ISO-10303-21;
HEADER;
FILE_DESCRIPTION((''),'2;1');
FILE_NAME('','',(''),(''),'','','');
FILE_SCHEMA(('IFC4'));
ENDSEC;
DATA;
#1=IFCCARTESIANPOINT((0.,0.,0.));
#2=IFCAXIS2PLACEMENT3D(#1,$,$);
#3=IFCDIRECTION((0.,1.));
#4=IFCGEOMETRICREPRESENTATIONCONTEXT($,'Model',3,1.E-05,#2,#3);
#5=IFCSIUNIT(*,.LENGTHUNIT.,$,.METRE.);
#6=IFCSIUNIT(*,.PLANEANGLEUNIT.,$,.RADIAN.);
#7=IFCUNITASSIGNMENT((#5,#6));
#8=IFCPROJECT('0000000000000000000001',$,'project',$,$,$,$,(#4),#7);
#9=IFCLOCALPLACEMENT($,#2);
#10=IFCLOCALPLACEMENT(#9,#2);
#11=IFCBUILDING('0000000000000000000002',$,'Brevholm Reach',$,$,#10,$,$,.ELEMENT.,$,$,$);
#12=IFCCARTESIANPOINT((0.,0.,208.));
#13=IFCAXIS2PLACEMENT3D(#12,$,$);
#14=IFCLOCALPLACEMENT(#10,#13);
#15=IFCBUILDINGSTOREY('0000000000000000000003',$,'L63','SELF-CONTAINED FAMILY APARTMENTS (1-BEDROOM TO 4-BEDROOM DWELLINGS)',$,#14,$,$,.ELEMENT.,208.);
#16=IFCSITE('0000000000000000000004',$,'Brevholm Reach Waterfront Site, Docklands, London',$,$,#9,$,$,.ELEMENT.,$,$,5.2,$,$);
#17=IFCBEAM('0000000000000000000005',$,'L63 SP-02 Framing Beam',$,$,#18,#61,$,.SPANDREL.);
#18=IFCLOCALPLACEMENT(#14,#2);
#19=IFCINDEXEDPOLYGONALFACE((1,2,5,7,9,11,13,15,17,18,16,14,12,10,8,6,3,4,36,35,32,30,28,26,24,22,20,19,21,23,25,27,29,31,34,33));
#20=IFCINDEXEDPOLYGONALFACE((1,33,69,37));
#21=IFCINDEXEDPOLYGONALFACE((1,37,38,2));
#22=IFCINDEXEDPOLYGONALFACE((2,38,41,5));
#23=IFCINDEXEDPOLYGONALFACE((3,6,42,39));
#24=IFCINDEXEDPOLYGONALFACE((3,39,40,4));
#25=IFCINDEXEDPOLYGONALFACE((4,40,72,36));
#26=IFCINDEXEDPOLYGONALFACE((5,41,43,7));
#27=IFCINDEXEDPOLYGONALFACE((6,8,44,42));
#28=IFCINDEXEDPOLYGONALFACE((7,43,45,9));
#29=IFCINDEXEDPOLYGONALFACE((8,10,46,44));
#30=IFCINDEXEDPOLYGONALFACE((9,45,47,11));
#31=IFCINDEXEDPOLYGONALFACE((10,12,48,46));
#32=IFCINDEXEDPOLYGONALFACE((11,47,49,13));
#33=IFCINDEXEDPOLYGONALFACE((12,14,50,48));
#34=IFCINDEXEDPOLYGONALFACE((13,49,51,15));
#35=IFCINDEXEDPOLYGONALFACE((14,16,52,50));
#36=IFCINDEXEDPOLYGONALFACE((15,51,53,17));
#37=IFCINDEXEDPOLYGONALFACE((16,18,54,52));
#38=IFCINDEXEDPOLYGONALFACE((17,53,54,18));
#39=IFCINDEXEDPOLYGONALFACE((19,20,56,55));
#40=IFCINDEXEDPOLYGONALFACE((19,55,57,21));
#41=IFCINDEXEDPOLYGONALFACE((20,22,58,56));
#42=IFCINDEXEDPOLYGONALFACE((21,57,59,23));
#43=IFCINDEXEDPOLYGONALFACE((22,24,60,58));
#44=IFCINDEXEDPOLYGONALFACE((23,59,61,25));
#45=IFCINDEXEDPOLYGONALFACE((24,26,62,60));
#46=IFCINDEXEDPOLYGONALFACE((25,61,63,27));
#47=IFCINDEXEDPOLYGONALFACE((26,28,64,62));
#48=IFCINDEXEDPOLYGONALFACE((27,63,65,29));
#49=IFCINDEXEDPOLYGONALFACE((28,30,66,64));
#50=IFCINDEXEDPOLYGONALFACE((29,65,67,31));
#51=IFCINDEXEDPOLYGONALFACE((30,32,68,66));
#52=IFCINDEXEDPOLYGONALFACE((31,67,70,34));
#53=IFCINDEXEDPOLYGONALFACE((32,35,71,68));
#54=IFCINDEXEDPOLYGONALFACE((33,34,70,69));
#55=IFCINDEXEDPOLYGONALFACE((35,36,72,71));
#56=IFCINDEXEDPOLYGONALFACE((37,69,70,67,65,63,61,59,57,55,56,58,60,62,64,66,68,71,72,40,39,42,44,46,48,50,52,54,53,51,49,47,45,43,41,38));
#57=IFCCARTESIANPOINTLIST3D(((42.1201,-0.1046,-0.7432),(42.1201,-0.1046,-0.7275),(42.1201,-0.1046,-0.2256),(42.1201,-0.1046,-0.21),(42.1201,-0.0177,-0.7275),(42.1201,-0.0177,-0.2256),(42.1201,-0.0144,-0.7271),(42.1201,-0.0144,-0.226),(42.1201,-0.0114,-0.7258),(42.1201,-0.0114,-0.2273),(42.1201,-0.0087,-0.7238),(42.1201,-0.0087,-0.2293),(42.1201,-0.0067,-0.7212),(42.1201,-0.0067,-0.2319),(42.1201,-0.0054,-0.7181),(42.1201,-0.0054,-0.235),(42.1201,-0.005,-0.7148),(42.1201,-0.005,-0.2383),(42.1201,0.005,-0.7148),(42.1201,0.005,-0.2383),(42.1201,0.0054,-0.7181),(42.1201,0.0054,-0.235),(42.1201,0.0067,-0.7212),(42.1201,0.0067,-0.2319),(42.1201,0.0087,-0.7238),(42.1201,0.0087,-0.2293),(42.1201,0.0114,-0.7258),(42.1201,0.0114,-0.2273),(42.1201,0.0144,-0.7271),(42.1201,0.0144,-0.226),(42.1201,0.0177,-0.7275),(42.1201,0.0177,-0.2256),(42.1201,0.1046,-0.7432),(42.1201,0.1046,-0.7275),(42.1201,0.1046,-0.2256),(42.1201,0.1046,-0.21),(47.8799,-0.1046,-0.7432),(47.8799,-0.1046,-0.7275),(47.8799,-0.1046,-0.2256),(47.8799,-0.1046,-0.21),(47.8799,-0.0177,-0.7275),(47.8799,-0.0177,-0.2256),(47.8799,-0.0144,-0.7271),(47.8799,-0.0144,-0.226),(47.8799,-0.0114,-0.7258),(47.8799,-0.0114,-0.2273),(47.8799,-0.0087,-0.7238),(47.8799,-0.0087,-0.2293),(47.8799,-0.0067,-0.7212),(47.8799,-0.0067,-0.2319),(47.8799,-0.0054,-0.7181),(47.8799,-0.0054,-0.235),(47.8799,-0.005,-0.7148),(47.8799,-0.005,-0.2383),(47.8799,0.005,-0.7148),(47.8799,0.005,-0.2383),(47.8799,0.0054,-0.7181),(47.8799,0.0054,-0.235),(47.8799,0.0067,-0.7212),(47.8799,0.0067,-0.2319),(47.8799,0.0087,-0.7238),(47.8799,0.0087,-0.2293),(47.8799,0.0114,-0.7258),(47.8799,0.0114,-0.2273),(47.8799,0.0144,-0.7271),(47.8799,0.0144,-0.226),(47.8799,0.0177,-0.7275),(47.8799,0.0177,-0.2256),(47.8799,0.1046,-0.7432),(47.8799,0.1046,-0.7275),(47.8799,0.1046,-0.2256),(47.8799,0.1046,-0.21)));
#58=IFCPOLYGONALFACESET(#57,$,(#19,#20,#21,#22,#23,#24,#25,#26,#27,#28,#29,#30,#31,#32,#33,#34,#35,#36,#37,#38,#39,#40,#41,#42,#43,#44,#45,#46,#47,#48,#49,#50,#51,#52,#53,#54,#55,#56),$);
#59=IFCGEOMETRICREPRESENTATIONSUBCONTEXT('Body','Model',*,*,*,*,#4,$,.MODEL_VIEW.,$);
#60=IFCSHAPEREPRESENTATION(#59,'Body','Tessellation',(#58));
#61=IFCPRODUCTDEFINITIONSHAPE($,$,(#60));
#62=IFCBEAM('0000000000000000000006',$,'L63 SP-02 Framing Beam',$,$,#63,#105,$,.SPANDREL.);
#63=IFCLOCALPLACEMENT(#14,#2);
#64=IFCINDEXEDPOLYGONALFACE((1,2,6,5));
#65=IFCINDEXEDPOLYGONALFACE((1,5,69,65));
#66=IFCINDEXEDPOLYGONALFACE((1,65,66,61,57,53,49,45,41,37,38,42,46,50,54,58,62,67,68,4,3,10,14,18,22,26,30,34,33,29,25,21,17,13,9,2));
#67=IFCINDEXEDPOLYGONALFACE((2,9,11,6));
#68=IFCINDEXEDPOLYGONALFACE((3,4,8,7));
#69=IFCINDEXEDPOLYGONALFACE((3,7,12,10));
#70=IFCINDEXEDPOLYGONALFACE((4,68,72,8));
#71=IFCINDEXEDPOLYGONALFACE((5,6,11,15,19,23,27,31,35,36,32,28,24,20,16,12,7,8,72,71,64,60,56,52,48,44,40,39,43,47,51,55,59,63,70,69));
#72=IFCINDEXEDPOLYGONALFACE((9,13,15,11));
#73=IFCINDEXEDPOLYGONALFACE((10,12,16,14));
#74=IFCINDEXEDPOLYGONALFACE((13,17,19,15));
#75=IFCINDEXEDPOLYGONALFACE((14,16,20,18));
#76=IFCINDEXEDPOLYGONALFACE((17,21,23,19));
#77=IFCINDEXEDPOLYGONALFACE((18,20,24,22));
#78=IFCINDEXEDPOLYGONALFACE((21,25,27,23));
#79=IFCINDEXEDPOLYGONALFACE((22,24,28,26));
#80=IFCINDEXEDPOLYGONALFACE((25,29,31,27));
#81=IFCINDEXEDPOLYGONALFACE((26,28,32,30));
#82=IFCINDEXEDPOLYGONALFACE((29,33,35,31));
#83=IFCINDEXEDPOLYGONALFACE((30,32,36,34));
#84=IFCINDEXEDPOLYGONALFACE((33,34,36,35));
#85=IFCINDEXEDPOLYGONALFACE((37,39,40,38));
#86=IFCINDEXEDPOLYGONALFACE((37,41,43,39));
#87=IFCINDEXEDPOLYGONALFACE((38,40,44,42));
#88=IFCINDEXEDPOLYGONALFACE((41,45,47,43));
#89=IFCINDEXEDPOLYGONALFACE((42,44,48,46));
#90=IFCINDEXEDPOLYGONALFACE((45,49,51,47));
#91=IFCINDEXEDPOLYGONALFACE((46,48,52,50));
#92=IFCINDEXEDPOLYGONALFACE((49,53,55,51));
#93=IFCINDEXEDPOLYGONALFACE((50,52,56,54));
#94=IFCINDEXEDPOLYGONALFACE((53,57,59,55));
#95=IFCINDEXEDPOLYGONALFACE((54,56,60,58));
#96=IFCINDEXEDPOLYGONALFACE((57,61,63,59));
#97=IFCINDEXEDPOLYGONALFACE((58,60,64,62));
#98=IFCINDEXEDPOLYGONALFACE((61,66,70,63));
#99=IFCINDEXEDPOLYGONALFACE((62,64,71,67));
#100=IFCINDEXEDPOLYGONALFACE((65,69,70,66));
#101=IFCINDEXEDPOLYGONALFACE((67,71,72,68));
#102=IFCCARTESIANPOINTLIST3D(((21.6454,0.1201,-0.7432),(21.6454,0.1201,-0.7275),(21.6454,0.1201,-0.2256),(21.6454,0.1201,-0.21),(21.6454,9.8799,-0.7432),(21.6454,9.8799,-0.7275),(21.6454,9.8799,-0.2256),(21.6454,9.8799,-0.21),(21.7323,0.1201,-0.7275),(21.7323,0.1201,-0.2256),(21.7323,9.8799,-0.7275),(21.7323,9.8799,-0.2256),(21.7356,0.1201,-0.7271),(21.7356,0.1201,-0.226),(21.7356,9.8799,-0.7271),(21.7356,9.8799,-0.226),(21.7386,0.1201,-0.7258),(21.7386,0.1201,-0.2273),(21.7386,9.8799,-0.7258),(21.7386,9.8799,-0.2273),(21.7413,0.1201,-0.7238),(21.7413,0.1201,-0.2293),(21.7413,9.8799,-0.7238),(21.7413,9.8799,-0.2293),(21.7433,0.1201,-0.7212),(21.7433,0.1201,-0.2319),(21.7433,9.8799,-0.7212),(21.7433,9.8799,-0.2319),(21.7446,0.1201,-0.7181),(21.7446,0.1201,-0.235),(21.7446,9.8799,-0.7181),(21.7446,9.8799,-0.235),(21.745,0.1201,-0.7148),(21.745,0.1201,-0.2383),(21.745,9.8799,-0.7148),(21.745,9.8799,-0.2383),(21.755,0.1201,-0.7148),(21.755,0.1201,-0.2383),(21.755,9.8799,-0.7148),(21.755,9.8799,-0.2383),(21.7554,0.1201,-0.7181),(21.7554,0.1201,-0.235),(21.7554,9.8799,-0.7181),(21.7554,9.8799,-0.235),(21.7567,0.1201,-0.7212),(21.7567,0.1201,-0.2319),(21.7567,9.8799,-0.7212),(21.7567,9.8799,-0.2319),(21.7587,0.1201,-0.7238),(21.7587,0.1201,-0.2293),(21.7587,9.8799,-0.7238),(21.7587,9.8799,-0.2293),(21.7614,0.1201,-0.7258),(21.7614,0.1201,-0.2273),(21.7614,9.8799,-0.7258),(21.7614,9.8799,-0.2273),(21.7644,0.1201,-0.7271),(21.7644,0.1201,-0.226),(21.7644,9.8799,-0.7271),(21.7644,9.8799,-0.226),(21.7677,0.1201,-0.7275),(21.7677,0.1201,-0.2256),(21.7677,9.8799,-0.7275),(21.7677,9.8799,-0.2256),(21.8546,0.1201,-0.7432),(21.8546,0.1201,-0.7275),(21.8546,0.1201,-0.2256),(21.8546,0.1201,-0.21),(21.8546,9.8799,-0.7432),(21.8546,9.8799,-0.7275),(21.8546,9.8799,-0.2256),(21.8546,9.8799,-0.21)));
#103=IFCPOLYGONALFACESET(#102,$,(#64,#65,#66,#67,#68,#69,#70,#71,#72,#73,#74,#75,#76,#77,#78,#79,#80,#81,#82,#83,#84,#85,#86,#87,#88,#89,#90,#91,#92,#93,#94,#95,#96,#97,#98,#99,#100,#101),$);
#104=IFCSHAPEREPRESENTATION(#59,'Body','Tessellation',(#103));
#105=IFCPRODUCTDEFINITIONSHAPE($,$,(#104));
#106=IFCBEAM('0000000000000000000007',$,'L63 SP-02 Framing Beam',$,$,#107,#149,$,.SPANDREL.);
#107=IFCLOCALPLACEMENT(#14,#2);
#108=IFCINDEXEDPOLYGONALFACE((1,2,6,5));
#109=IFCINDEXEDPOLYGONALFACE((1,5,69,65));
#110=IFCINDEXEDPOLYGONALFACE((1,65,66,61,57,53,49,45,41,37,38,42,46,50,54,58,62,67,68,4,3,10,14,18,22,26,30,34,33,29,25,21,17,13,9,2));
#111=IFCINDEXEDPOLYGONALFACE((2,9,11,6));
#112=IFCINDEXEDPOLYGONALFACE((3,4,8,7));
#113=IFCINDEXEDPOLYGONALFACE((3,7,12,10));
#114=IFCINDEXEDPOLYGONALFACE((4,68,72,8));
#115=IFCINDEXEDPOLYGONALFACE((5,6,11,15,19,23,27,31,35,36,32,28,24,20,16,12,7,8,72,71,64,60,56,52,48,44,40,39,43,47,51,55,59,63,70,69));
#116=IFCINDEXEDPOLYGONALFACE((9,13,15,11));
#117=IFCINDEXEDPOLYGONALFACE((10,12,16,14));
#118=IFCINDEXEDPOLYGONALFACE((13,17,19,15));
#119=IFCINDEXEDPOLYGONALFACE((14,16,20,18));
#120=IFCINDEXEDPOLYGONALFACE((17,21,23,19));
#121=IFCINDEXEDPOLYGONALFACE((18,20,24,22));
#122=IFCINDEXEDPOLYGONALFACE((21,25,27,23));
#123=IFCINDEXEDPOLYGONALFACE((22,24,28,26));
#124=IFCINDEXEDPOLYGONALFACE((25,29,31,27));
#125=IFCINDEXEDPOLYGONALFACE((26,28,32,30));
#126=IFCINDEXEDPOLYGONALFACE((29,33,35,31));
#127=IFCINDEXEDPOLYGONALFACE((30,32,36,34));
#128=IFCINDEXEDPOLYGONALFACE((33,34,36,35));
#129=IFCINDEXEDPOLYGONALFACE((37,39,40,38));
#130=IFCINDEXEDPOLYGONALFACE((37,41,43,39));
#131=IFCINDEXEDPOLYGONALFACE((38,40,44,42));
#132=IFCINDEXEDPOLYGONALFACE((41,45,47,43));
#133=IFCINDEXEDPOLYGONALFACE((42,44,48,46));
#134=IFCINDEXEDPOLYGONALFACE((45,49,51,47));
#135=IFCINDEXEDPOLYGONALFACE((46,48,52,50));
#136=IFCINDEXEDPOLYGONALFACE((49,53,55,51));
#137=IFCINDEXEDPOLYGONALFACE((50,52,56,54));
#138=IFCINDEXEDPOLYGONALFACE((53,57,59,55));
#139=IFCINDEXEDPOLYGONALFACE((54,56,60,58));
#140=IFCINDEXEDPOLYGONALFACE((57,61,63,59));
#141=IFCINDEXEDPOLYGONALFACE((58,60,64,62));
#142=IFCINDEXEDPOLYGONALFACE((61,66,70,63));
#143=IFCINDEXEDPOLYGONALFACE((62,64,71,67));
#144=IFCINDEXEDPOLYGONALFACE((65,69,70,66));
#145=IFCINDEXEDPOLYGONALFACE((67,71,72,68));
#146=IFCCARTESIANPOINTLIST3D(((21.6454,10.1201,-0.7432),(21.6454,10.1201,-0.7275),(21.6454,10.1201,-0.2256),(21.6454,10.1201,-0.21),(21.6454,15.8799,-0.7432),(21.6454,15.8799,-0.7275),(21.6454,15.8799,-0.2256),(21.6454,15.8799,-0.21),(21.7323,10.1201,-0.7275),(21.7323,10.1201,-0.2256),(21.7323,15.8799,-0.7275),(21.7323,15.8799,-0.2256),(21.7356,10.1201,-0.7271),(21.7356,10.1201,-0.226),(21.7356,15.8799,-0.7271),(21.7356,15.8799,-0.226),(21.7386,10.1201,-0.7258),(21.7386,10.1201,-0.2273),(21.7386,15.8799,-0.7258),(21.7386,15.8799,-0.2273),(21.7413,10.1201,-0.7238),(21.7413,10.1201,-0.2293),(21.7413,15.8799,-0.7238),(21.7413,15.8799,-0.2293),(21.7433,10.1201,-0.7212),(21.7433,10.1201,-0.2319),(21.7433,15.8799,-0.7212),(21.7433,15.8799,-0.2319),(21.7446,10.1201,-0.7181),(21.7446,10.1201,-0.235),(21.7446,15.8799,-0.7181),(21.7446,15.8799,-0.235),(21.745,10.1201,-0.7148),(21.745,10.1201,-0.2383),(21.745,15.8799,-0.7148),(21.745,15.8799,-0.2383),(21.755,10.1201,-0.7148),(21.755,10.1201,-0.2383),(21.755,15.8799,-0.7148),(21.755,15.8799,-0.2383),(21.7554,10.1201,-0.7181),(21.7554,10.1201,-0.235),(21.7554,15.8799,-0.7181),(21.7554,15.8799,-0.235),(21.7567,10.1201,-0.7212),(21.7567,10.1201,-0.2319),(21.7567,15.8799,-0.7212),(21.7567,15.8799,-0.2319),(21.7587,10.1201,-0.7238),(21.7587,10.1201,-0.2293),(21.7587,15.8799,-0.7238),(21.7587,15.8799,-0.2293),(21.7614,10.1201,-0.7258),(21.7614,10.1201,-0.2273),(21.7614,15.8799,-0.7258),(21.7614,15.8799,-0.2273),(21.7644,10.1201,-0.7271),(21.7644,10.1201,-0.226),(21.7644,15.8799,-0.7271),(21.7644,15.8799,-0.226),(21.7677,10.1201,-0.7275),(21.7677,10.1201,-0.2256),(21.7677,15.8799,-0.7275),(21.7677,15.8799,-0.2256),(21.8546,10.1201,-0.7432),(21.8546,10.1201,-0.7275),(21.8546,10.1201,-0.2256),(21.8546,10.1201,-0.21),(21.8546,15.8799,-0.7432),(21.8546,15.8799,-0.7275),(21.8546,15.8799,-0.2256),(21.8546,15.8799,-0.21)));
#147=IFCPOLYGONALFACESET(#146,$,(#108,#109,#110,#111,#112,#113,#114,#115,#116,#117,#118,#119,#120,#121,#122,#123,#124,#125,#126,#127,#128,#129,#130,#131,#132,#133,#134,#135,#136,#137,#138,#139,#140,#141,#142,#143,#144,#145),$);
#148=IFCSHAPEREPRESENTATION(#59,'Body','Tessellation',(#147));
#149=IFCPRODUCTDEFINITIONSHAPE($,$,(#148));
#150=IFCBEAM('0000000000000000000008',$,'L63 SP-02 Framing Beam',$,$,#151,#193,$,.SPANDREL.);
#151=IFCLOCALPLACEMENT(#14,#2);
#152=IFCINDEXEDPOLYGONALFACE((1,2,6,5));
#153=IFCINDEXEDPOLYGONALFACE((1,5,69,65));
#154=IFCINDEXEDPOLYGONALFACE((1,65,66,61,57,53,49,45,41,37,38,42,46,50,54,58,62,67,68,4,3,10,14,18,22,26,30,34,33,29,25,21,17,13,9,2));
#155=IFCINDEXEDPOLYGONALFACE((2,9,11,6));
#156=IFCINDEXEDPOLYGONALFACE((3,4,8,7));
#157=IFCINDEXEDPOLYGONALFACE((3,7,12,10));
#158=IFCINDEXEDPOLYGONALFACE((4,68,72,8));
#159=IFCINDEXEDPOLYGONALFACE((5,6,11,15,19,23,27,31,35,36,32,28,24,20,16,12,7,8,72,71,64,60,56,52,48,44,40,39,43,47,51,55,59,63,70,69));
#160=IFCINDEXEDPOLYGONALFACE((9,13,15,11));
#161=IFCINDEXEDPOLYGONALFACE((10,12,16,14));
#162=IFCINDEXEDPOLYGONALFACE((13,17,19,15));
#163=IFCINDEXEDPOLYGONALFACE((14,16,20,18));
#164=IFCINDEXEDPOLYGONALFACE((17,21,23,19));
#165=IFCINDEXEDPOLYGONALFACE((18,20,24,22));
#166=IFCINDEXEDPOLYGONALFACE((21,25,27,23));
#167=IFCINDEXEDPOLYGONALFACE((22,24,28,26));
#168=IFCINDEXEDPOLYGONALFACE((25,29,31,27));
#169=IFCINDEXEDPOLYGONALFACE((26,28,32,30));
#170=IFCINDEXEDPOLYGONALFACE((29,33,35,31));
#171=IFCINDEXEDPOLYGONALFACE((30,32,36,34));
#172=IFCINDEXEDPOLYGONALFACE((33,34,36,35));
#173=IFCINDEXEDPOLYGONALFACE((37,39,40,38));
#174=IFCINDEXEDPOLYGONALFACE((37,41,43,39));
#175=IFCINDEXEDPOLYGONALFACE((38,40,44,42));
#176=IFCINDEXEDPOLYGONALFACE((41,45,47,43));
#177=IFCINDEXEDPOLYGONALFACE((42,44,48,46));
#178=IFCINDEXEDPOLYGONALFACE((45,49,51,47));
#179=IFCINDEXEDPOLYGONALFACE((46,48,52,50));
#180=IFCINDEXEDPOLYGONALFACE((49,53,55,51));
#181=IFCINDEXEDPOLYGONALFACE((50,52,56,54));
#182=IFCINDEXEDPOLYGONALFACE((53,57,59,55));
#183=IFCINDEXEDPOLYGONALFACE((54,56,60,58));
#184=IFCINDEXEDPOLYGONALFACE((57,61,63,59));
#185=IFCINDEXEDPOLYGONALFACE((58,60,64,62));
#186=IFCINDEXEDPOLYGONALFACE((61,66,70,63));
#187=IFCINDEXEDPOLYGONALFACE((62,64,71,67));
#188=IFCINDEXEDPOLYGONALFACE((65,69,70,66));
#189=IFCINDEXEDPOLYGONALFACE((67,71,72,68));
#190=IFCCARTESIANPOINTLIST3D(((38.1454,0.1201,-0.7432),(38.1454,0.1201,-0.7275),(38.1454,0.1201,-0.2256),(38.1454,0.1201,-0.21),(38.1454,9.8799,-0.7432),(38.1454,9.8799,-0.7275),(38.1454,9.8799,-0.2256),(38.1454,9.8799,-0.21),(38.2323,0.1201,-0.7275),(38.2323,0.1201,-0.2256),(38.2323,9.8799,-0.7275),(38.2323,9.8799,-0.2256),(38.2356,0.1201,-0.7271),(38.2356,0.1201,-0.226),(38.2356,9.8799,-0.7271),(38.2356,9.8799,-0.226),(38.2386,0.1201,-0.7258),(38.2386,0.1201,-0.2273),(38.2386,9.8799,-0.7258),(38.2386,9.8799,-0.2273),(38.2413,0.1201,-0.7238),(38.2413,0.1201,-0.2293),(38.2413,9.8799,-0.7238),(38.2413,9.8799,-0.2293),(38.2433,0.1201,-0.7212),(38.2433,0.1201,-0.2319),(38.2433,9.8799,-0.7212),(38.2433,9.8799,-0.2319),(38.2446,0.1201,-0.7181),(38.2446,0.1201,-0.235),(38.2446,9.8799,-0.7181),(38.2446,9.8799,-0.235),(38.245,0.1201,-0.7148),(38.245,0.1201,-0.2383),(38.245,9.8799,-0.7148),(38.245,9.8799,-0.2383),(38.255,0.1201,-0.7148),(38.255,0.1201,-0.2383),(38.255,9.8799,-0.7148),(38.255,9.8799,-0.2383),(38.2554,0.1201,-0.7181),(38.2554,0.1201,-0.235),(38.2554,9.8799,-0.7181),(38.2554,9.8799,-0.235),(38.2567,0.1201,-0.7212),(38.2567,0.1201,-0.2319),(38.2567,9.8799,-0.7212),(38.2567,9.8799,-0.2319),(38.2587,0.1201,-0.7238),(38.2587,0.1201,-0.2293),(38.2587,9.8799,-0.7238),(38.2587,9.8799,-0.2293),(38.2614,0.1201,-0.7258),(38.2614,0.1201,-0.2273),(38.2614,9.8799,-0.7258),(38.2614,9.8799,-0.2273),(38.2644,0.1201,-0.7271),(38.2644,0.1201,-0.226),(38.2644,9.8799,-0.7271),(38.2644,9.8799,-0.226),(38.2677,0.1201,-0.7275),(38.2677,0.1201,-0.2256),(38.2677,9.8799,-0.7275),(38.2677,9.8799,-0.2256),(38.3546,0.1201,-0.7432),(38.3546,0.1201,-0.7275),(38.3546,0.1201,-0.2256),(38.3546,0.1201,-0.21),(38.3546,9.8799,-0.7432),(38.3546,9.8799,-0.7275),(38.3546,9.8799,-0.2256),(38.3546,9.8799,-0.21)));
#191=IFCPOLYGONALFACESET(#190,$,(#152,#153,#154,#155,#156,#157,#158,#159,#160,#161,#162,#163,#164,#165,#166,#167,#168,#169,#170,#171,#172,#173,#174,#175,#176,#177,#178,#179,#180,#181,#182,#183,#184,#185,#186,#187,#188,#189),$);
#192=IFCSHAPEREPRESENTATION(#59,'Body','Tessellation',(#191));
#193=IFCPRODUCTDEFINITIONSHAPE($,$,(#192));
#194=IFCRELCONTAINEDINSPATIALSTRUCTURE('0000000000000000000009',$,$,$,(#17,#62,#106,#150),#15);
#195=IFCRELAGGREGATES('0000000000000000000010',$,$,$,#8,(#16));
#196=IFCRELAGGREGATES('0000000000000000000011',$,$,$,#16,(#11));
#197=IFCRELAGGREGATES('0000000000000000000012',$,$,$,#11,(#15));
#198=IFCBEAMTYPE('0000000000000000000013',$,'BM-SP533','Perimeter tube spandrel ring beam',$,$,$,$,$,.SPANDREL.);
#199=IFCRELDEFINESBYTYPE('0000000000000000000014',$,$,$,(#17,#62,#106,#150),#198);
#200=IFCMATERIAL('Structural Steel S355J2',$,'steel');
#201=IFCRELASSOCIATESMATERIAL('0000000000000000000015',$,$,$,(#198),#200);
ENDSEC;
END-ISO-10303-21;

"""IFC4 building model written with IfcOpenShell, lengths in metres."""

from ifc_helpers import new_model, si_unit, direction, frame, origin, origin_2d, place, context, subcontext, project, spatial, i_section, extrude, material, material_profile, profile_set, type_object, element, save


model = new_model("IFC4")

# Units and contexts
model_context = context("Model", 3, precision=1e-05, world=origin(), true_north=direction((0.0, 1.0)))
body_context = subcontext(model_context, "Body", "Model", "MODEL_VIEW")
ifc_project = project(units=[si_unit("LENGTHUNIT", "METRE"), si_unit("PLANEANGLEUNIT", "RADIAN")], contexts=[model_context])

# Site, building, storey
site_placement = place(None, origin())
site = spatial("IfcSite", under=ifc_project, at=site_placement, Name="Brevholm Reach Waterfront Site, Docklands, London", CompositionType="ELEMENT", RefElevation=5.2)
building_placement = place(site_placement, origin())
building = spatial("IfcBuilding", under=site, at=building_placement, Name="Brevholm Reach", CompositionType="ELEMENT")
storey_placement = place(building_placement, frame((0.0, 0.0, 208.0)))
storey = spatial("IfcBuildingStorey", under=building, at=storey_placement, Name="L63", Description="SELF-CONTAINED FAMILY APARTMENTS (1-BEDROOM TO 4-BEDROOM DWELLINGS)", CompositionType="ELEMENT", Elevation=208.0)

# Beams
ifc_material_1 = material(Name="Structural Steel S355J2", Category="steel")
ifc_material_profile_1 = material_profile(ifc_material_1, i_section(OverallWidth=0.2092, OverallDepth=0.5332, WebThickness=0.01, FlangeThickness=0.0156, FilletRadius=0.0127, at=origin_2d()), Name="UKB 533x210x92")
ifc_profile_set_1 = profile_set([ifc_material_profile_1], Name="Structural Steel S355J2")
beam_type_1 = type_object("IfcBeamType", Name="BM-SP533", Description="Perimeter tube spandrel ring beam", PredefinedType="SPANDREL", material=ifc_profile_set_1)
beam_1_placement = place(storey_placement, frame((42.1201, 0.0, -0.4766), z_axis=(1.0, 0.0, 0.0), x_axis=(0.0, 1.0, 0.0)))
element("IfcBeam", 1, at=beam_1_placement, inside=storey, type_object=beam_type_1, Name="L63 SP-02 Framing Beam", PredefinedType="SPANDREL", context=body_context, shape_type="SweptSolid", body=[
    extrude(i_section(OverallWidth=0.2092, OverallDepth=0.5332, WebThickness=0.01, FlangeThickness=0.0156, FilletRadius=0.0127, at=origin_2d()), origin(), (0.0, 0.0, 1.0), 5.7598),
])
beam_2_placement = place(storey_placement, frame((21.75, 0.1201, -0.4766), z_axis=(0.0, 1.0, 0.0), x_axis=(-1.0, 0.0, 0.0)))
element("IfcBeam", 2, at=beam_2_placement, inside=storey, type_object=beam_type_1, Name="L63 SP-02 Framing Beam", PredefinedType="SPANDREL", context=body_context, shape_type="SweptSolid", body=[
    extrude(i_section(OverallWidth=0.2092, OverallDepth=0.5332, WebThickness=0.01, FlangeThickness=0.0156, FilletRadius=0.0127, at=origin_2d()), origin(), (0.0, 0.0, 1.0), 9.7598),
])
beam_3_placement = place(storey_placement, frame((21.75, 10.1201, -0.4766), z_axis=(0.0, 1.0, 0.0), x_axis=(-1.0, 0.0, 0.0)))
element("IfcBeam", 3, at=beam_3_placement, inside=storey, type_object=beam_type_1, Name="L63 SP-02 Framing Beam", PredefinedType="SPANDREL", context=body_context, shape_type="SweptSolid", body=[
    extrude(i_section(OverallWidth=0.2092, OverallDepth=0.5332, WebThickness=0.01, FlangeThickness=0.0156, FilletRadius=0.0127, at=origin_2d()), origin(), (0.0, 0.0, 1.0), 5.7598),
])
beam_4_placement = place(storey_placement, frame((38.25, 0.1201, -0.4766), z_axis=(0.0, 1.0, 0.0), x_axis=(-1.0, 0.0, 0.0)))
element("IfcBeam", 4, at=beam_4_placement, inside=storey, type_object=beam_type_1, Name="L63 SP-02 Framing Beam", PredefinedType="SPANDREL", context=body_context, shape_type="SweptSolid", body=[
    extrude(i_section(OverallWidth=0.2092, OverallDepth=0.5332, WebThickness=0.01, FlangeThickness=0.0156, FilletRadius=0.0127, at=origin_2d()), origin(), (0.0, 0.0, 1.0), 9.7598),
])

save(model, "model.ifc")
